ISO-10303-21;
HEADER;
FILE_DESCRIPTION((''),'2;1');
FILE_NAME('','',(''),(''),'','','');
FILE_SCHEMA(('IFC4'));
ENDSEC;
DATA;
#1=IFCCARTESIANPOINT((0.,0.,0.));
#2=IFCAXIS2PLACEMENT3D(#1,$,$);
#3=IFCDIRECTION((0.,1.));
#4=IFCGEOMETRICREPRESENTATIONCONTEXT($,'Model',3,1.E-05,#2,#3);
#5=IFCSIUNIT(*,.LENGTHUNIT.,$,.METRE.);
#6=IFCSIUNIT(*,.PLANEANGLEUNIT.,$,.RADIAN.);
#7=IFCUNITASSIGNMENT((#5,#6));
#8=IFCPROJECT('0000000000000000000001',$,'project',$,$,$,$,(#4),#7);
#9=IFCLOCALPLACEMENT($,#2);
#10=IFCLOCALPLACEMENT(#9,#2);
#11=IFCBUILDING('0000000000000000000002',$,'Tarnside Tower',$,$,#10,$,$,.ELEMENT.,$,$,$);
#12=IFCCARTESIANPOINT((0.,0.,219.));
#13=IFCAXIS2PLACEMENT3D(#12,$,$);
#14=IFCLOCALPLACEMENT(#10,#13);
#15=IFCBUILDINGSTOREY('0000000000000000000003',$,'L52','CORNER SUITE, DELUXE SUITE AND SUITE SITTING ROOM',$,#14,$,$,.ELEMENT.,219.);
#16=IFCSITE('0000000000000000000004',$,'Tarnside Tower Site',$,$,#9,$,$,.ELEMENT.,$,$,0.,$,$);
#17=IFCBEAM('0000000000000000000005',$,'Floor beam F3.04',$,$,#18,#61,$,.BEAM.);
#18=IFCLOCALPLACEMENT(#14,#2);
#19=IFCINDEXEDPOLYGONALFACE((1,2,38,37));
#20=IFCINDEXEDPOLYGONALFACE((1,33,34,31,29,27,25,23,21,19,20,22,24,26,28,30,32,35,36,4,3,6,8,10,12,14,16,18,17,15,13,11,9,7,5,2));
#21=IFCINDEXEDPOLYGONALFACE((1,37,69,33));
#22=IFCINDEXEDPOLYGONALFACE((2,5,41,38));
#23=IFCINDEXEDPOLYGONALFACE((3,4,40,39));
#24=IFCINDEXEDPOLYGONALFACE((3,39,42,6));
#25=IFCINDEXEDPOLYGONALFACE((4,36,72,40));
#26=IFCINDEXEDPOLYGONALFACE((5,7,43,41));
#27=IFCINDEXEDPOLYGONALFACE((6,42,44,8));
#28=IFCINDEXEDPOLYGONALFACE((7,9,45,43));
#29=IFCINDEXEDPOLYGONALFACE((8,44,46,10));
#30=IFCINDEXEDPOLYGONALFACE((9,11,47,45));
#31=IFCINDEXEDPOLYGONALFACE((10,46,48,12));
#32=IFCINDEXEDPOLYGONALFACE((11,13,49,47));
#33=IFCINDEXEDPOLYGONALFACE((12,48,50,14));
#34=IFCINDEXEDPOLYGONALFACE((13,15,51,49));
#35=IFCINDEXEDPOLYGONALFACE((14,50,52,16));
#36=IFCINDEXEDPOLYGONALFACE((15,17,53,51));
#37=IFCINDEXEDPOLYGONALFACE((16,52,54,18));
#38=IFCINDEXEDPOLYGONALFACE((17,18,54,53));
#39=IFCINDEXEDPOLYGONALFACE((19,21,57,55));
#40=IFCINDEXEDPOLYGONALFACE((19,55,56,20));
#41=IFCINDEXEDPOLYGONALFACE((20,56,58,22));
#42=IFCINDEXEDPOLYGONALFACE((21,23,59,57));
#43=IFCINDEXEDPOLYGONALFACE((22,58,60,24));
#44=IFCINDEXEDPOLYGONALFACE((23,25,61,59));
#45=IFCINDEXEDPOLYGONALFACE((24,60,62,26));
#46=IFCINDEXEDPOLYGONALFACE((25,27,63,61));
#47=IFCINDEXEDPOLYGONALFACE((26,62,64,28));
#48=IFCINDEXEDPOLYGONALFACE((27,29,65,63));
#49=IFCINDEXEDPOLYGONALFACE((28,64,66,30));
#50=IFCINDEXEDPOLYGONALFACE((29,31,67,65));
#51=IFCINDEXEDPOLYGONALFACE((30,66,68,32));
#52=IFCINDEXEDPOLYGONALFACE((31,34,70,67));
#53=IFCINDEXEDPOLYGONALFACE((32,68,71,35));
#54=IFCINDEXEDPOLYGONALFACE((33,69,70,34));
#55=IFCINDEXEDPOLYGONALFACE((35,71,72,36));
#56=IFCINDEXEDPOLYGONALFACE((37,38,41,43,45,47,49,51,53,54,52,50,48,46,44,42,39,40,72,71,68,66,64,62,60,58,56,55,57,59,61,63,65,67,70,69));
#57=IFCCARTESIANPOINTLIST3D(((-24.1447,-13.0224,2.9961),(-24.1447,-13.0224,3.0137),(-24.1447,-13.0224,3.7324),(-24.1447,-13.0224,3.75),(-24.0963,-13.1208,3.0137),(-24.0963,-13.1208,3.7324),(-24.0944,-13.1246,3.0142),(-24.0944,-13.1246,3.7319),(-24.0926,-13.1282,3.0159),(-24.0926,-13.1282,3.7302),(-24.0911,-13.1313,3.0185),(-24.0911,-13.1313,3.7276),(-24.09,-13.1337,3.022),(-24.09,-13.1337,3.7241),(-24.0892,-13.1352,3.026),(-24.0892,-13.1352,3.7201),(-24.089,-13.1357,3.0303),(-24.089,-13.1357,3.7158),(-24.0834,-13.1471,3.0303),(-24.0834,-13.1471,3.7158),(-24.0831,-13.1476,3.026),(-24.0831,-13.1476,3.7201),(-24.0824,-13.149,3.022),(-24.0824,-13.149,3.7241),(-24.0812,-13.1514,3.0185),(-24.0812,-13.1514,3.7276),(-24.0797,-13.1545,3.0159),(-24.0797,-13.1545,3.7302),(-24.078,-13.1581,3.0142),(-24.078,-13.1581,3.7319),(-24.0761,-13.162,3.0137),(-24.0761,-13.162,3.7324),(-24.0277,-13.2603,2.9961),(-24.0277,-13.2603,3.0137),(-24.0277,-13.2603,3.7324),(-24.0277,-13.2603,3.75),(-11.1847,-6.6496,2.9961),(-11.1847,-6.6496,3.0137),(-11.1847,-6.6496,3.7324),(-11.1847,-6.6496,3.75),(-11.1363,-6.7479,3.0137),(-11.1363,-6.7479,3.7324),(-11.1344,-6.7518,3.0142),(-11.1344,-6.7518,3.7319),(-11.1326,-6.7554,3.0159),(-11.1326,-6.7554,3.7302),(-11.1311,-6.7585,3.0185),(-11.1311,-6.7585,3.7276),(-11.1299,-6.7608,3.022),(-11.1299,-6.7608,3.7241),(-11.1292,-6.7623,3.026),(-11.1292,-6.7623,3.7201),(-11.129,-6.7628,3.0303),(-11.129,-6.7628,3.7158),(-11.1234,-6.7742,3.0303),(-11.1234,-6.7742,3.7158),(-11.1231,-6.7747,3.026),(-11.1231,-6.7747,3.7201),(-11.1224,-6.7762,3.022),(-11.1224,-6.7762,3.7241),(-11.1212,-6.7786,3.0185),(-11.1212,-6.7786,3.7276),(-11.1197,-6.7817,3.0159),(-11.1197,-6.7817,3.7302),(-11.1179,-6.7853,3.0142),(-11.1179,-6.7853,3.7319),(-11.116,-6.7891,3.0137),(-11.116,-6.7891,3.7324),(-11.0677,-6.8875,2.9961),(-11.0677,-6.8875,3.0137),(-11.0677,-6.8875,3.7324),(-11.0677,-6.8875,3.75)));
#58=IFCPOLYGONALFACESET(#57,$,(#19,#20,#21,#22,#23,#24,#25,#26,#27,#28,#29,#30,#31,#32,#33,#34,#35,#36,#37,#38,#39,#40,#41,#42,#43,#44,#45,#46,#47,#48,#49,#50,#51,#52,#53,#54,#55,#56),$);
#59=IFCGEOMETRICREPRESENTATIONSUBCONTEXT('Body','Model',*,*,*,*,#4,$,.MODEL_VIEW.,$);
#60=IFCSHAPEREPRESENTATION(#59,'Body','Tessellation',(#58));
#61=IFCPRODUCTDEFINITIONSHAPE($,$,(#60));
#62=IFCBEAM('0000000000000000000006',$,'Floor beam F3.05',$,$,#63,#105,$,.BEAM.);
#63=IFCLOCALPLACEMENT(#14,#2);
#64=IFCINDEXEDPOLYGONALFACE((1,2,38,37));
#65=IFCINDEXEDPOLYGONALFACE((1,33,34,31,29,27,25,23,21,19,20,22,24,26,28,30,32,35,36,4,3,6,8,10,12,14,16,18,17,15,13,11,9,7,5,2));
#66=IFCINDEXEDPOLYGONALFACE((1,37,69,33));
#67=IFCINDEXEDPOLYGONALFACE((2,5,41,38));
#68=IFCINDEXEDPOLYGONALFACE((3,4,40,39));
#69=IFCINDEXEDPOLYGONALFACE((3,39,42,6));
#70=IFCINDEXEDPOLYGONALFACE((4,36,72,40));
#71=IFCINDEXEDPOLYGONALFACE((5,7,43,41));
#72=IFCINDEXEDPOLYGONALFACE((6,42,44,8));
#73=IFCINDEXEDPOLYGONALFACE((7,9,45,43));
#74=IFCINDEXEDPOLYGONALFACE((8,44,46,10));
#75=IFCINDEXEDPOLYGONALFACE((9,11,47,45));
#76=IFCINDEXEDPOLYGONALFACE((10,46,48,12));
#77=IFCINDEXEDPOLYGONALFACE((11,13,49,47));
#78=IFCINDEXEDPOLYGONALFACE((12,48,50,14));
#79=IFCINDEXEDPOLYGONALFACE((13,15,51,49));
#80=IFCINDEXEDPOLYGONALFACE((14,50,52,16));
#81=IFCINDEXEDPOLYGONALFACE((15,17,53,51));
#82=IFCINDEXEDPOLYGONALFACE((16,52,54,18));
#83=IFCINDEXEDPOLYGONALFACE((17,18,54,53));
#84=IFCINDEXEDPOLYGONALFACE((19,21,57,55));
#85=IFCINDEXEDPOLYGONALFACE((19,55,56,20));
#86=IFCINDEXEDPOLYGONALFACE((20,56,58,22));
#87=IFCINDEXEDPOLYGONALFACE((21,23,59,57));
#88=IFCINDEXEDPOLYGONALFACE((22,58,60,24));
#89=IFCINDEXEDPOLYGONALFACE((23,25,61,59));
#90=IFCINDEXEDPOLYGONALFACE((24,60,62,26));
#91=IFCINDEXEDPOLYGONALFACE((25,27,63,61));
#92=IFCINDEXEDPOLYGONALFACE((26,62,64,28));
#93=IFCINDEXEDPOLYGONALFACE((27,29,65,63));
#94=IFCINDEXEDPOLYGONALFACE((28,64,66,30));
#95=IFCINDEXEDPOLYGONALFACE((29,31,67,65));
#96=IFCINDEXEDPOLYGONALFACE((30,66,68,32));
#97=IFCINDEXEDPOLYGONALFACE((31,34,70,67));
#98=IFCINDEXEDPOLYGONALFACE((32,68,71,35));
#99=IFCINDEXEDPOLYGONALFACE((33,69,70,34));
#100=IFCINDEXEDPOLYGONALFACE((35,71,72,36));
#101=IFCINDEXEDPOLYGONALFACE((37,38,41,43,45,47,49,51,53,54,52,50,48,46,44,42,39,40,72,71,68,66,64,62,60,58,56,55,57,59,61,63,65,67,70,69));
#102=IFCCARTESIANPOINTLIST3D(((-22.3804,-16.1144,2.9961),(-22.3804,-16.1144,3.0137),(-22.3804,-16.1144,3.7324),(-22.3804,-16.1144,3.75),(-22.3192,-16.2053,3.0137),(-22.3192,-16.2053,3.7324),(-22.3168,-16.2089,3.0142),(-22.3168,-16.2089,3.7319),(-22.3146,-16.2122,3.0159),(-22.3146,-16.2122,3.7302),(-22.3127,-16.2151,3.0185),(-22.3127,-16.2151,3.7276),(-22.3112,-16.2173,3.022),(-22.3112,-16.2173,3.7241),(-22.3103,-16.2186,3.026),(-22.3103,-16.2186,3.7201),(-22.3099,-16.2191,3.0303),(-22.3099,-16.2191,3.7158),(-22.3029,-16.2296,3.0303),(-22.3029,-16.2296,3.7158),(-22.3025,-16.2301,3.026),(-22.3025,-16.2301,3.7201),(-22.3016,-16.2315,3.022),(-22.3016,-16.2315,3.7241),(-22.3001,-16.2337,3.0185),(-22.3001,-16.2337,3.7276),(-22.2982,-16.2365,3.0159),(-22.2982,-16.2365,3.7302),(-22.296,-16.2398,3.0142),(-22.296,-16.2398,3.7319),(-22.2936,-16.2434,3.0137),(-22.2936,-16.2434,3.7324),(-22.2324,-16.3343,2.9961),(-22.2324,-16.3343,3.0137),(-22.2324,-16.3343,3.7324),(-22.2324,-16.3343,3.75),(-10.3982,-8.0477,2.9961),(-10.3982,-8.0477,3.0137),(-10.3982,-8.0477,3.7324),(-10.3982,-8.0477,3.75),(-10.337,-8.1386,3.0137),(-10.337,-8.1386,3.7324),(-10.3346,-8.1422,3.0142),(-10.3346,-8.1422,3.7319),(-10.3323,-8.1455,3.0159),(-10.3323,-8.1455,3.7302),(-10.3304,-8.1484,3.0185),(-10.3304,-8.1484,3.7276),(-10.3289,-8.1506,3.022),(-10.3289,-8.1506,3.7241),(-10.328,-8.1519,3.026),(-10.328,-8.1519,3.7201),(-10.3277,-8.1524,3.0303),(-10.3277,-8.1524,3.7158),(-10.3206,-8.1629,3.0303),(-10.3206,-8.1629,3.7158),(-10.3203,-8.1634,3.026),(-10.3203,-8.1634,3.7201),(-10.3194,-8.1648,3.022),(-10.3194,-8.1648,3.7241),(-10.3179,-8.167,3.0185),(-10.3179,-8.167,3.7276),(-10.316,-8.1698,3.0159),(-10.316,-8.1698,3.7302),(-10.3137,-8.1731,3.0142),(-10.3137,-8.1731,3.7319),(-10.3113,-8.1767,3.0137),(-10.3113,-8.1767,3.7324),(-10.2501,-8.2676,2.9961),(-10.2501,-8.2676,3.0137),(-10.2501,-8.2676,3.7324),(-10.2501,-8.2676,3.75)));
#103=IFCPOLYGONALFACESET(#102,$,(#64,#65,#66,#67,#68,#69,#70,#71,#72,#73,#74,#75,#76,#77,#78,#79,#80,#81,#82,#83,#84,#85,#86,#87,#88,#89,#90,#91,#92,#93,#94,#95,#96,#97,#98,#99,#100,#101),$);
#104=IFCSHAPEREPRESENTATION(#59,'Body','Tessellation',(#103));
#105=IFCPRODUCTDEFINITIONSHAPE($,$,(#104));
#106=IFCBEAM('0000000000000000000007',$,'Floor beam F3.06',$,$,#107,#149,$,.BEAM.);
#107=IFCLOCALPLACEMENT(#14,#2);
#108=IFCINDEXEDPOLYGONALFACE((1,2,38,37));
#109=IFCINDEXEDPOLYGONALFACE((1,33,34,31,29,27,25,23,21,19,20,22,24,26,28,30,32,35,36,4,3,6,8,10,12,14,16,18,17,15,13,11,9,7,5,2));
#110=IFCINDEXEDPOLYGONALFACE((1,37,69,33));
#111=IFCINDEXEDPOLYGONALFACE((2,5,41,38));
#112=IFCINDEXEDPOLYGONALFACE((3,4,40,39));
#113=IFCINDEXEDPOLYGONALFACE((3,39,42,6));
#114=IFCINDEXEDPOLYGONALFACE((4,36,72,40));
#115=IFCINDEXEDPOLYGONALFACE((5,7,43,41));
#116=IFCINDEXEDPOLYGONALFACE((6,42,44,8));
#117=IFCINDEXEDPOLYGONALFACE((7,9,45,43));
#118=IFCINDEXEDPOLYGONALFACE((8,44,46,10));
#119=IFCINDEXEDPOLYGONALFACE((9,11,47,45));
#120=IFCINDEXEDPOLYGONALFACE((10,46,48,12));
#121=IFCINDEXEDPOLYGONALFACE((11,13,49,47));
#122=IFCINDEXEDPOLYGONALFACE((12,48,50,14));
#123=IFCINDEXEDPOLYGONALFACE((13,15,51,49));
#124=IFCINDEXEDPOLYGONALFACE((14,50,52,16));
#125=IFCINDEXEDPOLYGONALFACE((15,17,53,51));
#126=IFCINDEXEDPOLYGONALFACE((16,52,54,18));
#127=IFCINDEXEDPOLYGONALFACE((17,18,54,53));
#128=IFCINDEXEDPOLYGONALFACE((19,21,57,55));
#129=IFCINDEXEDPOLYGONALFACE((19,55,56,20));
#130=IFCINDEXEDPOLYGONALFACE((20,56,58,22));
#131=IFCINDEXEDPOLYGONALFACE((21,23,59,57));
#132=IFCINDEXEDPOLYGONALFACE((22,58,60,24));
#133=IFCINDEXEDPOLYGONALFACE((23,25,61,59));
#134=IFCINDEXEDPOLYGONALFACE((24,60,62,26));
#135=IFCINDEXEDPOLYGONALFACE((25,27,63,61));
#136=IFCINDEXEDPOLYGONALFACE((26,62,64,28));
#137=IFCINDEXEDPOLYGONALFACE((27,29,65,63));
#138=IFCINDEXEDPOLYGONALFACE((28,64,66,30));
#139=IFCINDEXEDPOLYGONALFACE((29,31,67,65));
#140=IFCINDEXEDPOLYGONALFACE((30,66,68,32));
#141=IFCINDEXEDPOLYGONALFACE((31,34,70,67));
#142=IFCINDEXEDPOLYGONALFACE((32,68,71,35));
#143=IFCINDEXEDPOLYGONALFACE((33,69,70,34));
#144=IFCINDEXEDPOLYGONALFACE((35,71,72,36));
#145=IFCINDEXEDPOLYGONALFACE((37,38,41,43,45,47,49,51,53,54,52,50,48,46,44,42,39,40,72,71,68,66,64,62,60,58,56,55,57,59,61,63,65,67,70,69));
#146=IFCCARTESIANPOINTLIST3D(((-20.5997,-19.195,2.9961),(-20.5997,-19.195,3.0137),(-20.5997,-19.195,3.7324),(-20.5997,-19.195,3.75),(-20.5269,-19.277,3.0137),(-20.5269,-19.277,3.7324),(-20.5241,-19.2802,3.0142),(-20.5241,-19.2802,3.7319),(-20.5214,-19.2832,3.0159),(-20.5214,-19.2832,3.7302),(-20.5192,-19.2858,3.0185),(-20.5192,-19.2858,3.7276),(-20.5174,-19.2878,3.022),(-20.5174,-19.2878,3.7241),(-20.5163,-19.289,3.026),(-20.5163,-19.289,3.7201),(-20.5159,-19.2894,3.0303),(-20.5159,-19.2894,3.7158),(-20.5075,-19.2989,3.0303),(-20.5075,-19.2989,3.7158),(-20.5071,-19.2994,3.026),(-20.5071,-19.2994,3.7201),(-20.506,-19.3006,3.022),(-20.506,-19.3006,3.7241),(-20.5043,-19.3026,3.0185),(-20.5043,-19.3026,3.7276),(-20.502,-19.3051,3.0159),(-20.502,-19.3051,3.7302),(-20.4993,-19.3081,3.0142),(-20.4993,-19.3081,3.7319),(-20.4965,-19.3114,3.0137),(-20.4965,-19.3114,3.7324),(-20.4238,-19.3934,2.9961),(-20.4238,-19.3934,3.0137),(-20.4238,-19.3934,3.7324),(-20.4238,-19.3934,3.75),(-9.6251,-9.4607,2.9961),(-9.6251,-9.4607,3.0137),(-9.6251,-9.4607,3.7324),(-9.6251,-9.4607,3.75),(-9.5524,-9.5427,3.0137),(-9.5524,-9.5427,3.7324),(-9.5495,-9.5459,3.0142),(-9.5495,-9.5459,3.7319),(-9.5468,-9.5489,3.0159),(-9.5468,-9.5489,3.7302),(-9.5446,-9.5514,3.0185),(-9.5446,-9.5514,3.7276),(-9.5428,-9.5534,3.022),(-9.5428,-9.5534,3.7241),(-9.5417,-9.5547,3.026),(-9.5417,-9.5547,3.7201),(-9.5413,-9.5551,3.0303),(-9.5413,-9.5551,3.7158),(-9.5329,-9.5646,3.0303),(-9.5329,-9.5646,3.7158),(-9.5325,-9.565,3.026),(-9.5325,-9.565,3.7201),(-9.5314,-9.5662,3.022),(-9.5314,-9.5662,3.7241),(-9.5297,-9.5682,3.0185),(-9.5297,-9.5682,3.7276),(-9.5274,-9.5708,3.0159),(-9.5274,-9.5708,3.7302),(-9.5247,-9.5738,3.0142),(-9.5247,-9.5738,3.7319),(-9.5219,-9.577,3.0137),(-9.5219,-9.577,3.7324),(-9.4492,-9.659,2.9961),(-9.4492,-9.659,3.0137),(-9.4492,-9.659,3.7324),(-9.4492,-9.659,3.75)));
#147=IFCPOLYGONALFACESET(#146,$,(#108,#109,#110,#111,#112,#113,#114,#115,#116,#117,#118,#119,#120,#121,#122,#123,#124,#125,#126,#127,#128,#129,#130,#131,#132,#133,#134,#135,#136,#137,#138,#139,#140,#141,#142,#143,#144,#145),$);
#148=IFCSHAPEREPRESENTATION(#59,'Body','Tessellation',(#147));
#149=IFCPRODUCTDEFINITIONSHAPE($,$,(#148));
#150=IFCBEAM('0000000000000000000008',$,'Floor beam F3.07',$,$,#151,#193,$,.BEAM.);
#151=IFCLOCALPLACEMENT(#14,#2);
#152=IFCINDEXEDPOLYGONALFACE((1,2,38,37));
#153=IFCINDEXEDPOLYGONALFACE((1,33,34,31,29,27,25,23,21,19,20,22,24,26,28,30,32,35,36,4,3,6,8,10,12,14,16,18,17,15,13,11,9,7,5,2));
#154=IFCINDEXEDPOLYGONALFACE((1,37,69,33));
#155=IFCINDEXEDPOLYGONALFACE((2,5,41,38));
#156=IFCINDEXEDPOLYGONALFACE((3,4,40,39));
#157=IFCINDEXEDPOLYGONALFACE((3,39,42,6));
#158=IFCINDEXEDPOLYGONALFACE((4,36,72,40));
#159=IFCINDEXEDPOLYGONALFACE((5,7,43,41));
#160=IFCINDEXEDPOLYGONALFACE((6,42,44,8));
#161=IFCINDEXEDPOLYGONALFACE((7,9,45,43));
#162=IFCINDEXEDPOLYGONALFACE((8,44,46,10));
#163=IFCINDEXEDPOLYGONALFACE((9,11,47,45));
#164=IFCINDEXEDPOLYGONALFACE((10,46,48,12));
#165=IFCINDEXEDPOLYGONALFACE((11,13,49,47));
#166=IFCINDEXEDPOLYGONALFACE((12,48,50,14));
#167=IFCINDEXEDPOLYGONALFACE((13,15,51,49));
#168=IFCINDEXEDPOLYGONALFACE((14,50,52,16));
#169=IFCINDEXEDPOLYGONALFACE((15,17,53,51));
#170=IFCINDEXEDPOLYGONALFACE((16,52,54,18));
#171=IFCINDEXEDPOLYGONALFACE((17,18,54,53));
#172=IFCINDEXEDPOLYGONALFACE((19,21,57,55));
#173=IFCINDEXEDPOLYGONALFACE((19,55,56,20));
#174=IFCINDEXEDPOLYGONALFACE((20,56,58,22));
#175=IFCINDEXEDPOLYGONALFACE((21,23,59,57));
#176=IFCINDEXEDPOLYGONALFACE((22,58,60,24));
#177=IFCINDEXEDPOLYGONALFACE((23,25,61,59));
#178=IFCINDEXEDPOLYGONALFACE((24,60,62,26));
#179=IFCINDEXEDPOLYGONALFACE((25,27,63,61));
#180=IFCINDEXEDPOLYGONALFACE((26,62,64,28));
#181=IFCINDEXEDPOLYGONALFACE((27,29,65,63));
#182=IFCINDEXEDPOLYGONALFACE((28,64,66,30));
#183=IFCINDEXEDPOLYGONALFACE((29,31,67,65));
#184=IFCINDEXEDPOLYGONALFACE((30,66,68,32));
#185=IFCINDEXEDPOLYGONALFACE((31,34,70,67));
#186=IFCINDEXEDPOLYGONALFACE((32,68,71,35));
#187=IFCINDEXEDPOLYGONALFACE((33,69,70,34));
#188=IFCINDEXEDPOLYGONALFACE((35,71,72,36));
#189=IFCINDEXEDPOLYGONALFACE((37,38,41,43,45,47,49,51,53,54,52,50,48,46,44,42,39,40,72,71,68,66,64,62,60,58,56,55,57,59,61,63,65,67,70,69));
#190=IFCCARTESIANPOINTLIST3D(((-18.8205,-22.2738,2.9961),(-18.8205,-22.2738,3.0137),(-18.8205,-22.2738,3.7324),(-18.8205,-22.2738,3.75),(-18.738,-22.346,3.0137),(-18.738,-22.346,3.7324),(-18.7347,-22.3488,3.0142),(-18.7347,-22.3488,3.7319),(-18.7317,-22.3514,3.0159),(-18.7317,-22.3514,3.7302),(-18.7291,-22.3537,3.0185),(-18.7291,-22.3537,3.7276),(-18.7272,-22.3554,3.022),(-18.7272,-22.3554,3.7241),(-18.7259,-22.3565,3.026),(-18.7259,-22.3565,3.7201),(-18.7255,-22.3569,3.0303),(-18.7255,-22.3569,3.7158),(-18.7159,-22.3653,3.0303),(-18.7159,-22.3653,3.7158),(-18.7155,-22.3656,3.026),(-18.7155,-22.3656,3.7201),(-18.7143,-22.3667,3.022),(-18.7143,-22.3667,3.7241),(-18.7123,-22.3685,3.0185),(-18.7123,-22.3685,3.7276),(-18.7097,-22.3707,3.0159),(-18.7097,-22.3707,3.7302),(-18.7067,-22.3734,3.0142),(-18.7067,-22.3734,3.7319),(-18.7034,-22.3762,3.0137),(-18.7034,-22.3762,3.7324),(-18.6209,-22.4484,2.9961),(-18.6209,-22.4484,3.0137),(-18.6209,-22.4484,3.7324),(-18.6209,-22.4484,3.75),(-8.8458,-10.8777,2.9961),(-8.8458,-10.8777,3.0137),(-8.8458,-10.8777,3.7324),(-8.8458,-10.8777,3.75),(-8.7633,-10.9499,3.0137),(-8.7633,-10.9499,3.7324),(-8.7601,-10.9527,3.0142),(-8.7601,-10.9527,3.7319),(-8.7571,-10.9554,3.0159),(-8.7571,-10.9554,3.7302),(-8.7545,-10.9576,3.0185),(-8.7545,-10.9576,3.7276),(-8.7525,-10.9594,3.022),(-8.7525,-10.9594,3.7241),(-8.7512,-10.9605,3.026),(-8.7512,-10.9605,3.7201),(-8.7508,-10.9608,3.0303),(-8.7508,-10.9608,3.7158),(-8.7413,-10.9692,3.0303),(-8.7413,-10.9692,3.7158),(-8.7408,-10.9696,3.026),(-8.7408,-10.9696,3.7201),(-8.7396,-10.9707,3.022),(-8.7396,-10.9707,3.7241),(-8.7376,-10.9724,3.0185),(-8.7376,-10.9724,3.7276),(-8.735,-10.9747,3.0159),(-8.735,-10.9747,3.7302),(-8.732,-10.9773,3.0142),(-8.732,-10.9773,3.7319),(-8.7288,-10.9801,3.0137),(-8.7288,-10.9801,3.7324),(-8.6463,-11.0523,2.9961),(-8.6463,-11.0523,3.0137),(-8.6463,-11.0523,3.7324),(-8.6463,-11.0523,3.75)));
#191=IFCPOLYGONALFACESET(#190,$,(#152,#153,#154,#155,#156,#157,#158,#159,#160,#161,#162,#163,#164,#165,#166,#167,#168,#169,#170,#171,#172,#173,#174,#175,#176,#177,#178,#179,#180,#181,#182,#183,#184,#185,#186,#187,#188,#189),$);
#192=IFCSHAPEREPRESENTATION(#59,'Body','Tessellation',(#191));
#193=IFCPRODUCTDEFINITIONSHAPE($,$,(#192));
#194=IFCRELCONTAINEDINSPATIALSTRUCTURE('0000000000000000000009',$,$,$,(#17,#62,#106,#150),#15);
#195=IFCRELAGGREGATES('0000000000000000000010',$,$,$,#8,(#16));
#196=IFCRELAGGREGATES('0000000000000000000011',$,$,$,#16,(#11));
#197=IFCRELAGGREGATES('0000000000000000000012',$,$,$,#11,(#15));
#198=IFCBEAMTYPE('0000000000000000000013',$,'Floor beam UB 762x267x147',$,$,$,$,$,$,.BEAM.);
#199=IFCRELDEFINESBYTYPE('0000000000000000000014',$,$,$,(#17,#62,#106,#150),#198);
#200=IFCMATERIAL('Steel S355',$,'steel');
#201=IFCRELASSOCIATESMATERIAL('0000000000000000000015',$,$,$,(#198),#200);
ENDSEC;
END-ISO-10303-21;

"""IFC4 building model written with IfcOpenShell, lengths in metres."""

from ifc_helpers import new_model, si_unit, direction, frame, origin, origin_2d, place, context, subcontext, project, spatial, i_section, extrude, material, material_profile, profile_set, type_object, element, save


model = new_model("IFC4")

# Units and contexts
model_context = context("Model", 3, precision=1e-05, world=origin(), true_north=direction((0.0, 1.0)))
body_context = subcontext(model_context, "Body", "Model", "MODEL_VIEW")
ifc_project = project(units=[si_unit("LENGTHUNIT", "METRE"), si_unit("PLANEANGLEUNIT", "RADIAN")], contexts=[model_context])

# Site, building, storey
site_placement = place(None, origin())
site = spatial("IfcSite", under=ifc_project, at=site_placement, Name="Tarnside Tower Site", CompositionType="ELEMENT", RefElevation=0.0)
building_placement = place(site_placement, origin())
building = spatial("IfcBuilding", under=site, at=building_placement, Name="Tarnside Tower", CompositionType="ELEMENT")
storey_placement = place(building_placement, frame((0.0, 0.0, 219.0)))
storey = spatial("IfcBuildingStorey", under=building, at=storey_placement, Name="L52", Description="CORNER SUITE, DELUXE SUITE AND SUITE SITTING ROOM", CompositionType="ELEMENT", Elevation=219.0)

# Beams
ifc_material_1 = material(Name="Steel S355", Category="steel")
ifc_material_profile_1 = material_profile(ifc_material_1, i_section(OverallWidth=0.2651, OverallDepth=0.7539, WebThickness=0.0127, FlangeThickness=0.0176, FilletRadius=0.0166, at=origin_2d()), Name="UB 762x267x147")
ifc_profile_set_1 = profile_set([ifc_material_profile_1], Name="Steel S355")
beam_type_1 = type_object("IfcBeamType", Name="Floor beam UB 762x267x147", PredefinedType="BEAM", material=ifc_profile_set_1)
beam_1_placement = place(storey_placement, frame((-24.0862, -13.1414, 3.373), z_axis=(0.897376, 0.441267, 0.0), x_axis=(-0.441267, 0.897376, 0.0)))
element("IfcBeam", 1, at=beam_1_placement, inside=storey, type_object=beam_type_1, Name="Floor beam F3.04", PredefinedType="BEAM", context=body_context, shape_type="SweptSolid", body=[
    extrude(i_section(OverallWidth=0.2651, OverallDepth=0.7539, WebThickness=0.0127, FlangeThickness=0.0176, FilletRadius=0.0166, at=origin_2d()), origin(), (0.0, 0.0, 1.0), 14.4421),
])
beam_2_placement = place(storey_placement, frame((-22.3064, -16.2244, 3.373), z_axis=(0.829532, 0.558458, 0.0), x_axis=(-0.558458, 0.829532, 0.0)))
element("IfcBeam", 2, at=beam_2_placement, inside=storey, type_object=beam_type_1, Name="Floor beam F3.05", PredefinedType="BEAM", context=body_context, shape_type="SweptSolid", body=[
    extrude(i_section(OverallWidth=0.2651, OverallDepth=0.7539, WebThickness=0.0127, FlangeThickness=0.0176, FilletRadius=0.0166, at=origin_2d()), origin(), (0.0, 0.0, 1.0), 14.4446),
])
beam_3_placement = place(storey_placement, frame((-20.5117, -19.2942, 3.373), z_axis=(0.748114, 0.66357, 0.0), x_axis=(-0.66357, 0.748114, 0.0)))
element("IfcBeam", 3, at=beam_3_placement, inside=storey, type_object=beam_type_1, Name="Floor beam F3.06", PredefinedType="BEAM", context=body_context, shape_type="SweptSolid", body=[
    extrude(i_section(OverallWidth=0.2651, OverallDepth=0.7539, WebThickness=0.0127, FlangeThickness=0.0176, FilletRadius=0.0166, at=origin_2d()), origin(), (0.0, 0.0, 1.0), 14.6697),
])
beam_4_placement = place(storey_placement, frame((-18.7207, -22.3611, 3.373), z_axis=(0.658621, 0.752475, 0.0), x_axis=(-0.752475, 0.658621, 0.0)))
element("IfcBeam", 4, at=beam_4_placement, inside=storey, type_object=beam_type_1, Name="Floor beam F3.07", PredefinedType="BEAM", context=body_context, shape_type="SweptSolid", body=[
    extrude(i_section(OverallWidth=0.2651, OverallDepth=0.7539, WebThickness=0.0127, FlangeThickness=0.0176, FilletRadius=0.0166, at=origin_2d()), origin(), (0.0, 0.0, 1.0), 15.1448),
])

save(model, "model.ifc")
